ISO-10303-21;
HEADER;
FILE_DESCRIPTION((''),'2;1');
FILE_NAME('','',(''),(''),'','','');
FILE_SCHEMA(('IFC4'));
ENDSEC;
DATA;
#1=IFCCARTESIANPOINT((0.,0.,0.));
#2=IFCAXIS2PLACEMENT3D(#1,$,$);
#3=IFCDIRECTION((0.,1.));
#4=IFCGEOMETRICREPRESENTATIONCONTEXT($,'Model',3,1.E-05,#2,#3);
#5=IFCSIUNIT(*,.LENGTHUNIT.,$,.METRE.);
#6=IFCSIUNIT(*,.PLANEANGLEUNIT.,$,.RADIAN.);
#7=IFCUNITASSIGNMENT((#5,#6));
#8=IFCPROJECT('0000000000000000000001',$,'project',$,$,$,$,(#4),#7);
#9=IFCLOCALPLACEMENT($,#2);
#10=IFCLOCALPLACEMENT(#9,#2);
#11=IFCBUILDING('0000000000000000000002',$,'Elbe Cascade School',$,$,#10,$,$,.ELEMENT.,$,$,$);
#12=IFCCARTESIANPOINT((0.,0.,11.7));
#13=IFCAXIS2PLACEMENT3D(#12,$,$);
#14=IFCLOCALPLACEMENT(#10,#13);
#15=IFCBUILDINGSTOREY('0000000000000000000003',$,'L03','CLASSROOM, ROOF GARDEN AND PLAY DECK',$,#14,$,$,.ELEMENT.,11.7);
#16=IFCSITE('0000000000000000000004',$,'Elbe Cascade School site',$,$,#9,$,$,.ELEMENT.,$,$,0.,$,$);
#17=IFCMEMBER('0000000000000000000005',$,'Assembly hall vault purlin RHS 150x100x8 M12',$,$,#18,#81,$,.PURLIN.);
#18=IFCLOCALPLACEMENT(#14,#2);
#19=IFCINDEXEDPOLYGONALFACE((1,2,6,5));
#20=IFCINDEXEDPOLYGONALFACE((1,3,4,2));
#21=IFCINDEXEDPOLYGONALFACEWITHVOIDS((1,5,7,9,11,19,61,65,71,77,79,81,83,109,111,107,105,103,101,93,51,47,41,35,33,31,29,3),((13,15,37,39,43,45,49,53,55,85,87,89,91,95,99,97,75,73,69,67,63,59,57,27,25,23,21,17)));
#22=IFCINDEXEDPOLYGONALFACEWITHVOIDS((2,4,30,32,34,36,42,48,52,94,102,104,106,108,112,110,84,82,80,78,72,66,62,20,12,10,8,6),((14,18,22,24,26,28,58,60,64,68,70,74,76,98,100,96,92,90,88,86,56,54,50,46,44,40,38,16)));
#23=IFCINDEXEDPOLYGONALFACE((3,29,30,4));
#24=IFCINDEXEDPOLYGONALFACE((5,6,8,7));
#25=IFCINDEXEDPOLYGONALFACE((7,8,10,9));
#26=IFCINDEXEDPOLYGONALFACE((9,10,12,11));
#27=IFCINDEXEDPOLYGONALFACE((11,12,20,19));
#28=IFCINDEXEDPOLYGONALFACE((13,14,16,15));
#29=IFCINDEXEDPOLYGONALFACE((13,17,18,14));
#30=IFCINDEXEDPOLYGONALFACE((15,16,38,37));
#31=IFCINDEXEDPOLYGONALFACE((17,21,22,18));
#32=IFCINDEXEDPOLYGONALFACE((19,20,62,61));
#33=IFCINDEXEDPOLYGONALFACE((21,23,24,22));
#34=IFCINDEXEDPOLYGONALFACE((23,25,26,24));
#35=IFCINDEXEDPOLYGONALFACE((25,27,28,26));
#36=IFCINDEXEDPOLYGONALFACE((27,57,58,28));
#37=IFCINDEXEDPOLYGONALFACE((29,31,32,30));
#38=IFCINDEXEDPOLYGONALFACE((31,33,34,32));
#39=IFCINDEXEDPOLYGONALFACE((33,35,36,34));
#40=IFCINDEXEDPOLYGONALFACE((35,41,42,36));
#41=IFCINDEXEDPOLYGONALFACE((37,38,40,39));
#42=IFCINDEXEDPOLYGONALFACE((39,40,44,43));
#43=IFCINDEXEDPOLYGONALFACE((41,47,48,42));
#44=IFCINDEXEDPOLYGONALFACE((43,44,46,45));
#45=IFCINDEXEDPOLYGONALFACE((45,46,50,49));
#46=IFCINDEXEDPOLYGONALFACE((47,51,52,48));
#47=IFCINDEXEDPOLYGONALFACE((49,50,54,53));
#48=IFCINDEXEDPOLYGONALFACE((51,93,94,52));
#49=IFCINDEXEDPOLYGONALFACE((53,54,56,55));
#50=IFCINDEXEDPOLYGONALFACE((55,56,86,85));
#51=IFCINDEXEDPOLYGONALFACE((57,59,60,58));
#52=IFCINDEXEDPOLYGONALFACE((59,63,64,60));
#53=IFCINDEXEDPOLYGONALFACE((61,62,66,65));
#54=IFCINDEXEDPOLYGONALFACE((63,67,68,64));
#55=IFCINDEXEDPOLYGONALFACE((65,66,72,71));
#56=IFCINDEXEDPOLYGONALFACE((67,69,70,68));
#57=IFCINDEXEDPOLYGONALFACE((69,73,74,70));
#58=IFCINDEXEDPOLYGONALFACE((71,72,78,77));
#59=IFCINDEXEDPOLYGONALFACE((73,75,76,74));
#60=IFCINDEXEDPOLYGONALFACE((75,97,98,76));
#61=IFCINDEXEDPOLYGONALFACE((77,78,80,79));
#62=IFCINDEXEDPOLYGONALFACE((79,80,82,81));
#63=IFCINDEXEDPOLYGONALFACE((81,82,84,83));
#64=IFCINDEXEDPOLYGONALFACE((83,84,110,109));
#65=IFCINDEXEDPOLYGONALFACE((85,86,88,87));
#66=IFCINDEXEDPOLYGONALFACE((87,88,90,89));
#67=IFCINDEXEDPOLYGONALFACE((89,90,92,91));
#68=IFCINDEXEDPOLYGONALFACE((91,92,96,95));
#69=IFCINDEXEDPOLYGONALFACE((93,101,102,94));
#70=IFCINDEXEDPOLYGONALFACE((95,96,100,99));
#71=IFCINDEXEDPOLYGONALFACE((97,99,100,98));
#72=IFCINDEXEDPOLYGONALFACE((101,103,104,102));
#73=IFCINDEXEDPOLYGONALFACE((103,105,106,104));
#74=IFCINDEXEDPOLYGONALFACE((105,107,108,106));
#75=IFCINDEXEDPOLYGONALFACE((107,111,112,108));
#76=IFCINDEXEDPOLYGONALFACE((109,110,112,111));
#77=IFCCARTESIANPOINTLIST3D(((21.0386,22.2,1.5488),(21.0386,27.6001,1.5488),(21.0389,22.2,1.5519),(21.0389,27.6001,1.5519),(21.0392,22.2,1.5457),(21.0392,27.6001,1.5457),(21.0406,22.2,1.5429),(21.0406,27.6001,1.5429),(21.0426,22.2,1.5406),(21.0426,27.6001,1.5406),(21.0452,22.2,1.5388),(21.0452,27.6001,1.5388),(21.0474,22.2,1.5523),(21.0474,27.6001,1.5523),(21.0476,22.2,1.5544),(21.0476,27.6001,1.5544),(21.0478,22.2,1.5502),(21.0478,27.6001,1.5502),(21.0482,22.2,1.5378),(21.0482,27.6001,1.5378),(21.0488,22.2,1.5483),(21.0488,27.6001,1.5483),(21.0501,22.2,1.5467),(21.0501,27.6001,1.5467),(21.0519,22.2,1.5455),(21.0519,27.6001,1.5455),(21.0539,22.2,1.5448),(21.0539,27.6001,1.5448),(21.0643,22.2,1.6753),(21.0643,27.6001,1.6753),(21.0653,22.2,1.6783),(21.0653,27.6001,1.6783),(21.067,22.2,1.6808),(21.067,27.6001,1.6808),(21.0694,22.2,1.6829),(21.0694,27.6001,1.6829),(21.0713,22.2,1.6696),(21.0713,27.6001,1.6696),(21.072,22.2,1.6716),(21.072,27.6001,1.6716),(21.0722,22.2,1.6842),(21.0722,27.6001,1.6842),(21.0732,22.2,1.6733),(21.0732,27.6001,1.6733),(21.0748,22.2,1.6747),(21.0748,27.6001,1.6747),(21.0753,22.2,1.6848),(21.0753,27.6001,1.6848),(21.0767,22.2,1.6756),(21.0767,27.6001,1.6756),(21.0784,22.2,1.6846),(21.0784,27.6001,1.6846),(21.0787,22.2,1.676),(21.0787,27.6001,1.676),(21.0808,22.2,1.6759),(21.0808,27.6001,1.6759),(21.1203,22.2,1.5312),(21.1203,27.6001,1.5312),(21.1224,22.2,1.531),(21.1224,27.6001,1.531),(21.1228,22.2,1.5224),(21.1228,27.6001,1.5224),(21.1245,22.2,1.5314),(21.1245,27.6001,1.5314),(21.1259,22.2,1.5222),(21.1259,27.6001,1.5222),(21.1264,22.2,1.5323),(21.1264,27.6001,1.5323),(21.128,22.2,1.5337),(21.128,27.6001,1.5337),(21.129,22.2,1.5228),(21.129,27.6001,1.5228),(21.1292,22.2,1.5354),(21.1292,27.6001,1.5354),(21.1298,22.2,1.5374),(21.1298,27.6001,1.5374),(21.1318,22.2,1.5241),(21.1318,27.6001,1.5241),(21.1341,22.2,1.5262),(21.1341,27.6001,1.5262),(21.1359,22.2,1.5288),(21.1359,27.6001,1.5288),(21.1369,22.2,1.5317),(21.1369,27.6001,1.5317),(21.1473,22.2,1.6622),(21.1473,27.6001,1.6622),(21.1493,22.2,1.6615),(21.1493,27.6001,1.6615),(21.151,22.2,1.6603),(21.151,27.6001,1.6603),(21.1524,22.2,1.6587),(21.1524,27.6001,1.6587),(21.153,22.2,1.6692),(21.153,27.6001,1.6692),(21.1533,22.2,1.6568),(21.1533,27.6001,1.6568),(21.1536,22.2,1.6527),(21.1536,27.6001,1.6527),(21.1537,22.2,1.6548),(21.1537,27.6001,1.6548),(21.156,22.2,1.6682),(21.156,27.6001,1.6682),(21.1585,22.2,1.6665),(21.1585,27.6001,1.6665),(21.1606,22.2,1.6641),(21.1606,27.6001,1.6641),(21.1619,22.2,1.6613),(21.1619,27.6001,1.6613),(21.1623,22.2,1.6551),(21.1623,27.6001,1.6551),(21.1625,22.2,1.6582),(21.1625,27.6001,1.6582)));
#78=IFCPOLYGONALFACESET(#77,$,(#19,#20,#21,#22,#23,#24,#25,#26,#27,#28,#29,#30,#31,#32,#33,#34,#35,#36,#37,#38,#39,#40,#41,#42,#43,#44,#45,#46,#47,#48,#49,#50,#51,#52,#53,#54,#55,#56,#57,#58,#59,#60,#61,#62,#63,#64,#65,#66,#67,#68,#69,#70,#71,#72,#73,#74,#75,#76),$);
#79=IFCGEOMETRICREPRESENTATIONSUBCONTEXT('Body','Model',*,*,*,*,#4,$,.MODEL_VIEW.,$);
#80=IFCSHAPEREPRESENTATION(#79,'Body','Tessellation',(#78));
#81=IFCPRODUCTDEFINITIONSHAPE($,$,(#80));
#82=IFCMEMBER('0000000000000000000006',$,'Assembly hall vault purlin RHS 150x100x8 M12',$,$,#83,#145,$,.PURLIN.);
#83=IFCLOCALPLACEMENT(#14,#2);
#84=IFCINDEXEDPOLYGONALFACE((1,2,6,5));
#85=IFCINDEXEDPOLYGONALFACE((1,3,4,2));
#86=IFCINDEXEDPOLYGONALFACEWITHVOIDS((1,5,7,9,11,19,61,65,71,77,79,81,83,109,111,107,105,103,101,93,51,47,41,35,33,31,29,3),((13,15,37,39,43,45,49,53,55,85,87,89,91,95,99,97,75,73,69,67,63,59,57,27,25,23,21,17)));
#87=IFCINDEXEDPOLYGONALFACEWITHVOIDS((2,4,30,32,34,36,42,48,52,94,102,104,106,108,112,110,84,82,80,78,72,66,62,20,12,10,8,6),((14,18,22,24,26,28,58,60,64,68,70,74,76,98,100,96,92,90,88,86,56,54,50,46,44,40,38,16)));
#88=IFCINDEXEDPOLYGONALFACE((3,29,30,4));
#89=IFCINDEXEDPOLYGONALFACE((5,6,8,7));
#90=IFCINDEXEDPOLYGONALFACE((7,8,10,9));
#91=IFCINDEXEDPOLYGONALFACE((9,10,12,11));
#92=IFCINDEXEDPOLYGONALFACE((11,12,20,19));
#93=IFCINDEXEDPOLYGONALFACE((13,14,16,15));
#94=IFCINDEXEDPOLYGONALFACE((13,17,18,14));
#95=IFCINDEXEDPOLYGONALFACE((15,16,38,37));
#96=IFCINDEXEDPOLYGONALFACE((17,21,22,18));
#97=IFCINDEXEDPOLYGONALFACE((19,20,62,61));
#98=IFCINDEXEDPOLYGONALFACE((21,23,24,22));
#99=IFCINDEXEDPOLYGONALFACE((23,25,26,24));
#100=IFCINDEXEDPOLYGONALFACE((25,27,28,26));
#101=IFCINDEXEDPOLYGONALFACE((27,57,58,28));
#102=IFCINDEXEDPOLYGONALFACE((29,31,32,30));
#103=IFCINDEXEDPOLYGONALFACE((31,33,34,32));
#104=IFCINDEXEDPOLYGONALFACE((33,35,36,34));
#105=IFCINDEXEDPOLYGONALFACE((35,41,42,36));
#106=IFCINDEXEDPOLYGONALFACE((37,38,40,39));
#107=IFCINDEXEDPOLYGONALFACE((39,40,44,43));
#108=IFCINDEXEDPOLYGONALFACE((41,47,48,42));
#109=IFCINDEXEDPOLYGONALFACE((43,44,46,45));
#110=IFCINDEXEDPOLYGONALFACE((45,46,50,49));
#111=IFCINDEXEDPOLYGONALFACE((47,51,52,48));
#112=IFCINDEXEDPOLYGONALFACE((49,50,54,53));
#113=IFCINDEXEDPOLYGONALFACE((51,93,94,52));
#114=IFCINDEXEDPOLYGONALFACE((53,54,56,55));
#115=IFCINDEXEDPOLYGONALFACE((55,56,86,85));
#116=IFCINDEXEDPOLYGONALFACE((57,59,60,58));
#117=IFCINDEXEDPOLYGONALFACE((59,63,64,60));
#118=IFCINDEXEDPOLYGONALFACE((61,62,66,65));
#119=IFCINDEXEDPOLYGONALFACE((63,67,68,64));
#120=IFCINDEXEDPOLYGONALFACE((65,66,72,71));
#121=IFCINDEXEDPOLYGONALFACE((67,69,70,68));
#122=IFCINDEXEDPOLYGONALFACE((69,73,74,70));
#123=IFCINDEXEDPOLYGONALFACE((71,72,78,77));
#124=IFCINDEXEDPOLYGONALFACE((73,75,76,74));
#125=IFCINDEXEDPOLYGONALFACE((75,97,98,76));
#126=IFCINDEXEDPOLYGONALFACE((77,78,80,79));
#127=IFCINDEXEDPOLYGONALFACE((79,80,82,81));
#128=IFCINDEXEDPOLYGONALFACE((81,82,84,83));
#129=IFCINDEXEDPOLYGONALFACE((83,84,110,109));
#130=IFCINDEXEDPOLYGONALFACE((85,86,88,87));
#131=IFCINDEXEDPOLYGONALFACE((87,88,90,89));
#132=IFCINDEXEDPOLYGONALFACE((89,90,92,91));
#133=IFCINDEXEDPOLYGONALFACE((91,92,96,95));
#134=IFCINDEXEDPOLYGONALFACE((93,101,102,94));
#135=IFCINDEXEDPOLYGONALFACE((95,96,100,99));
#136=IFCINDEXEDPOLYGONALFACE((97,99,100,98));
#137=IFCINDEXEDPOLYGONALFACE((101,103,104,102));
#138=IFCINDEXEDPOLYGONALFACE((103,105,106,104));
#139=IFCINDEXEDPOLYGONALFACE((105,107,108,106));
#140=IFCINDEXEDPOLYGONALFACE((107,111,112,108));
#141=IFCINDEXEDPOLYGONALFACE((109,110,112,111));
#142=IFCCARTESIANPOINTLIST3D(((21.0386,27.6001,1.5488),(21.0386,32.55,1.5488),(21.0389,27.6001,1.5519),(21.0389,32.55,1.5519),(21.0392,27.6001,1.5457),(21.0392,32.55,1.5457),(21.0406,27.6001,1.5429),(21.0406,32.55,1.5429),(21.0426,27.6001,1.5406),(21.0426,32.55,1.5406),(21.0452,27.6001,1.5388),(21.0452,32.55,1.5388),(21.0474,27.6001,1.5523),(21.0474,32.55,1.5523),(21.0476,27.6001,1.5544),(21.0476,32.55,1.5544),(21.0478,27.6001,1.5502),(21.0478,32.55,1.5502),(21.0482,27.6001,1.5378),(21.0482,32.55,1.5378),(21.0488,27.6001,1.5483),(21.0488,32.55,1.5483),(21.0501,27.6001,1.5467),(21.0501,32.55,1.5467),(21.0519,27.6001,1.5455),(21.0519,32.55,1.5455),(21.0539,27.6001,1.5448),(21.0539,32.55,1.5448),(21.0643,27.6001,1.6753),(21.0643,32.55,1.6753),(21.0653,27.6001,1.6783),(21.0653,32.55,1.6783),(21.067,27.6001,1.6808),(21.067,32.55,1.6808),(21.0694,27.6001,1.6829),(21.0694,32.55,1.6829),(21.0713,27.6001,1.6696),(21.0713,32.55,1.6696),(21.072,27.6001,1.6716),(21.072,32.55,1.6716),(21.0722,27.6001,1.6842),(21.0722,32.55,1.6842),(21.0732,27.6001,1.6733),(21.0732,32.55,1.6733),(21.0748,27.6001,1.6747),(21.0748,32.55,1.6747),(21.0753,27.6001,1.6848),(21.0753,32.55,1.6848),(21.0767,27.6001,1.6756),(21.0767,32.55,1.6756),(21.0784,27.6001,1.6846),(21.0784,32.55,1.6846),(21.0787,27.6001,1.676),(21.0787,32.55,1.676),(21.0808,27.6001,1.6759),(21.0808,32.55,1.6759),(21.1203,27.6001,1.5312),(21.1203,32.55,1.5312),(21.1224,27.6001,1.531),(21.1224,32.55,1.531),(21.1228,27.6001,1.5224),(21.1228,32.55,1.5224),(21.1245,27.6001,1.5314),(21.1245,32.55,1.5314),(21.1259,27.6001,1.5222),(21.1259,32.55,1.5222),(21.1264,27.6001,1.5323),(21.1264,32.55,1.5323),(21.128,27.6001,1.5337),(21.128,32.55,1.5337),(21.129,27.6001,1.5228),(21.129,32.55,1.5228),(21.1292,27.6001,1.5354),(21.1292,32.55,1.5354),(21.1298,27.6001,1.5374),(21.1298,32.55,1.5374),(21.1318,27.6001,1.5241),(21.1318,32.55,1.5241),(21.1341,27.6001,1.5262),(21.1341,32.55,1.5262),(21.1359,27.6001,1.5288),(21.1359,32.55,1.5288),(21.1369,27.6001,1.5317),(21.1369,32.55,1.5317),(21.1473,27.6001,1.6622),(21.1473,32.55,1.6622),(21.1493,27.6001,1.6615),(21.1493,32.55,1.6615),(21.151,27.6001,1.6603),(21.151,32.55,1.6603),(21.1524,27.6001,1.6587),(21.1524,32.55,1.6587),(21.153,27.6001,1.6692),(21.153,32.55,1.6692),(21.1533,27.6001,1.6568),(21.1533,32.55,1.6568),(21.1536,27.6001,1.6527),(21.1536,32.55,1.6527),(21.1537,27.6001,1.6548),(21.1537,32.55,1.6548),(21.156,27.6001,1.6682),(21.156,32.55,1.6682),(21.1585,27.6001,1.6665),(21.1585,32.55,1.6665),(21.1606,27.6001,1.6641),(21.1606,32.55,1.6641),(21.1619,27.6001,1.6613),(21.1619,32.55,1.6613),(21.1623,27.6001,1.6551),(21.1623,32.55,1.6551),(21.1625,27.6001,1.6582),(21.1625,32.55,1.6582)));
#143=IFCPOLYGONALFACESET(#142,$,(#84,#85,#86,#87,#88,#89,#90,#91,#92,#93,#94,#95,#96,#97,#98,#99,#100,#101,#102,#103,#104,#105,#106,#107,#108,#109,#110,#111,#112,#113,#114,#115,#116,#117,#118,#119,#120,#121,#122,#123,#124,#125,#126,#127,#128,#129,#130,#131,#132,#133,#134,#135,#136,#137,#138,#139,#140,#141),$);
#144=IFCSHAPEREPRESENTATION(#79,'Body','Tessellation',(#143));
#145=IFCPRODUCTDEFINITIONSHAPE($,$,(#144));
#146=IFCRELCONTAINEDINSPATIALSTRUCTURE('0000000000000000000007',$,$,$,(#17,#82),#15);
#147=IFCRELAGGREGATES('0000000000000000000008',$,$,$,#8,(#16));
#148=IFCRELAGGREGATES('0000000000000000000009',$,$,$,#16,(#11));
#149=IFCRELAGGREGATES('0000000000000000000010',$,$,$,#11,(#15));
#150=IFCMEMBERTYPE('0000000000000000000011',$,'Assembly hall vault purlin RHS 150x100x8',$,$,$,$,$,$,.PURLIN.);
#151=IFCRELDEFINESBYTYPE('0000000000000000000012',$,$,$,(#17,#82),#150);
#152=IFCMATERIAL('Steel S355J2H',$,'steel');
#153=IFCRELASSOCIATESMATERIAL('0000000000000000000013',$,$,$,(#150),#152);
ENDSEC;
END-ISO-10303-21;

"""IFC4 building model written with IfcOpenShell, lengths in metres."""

from ifc_helpers import new_model, si_unit, direction, frame, origin, origin_2d, place, context, subcontext, project, spatial, hollow_rectangle, extrude, material, material_profile, profile_set, type_object, element, save


model = new_model("IFC4")

# Units and contexts
model_context = context("Model", 3, precision=1e-05, world=origin(), true_north=direction((0.0, 1.0)))
body_context = subcontext(model_context, "Body", "Model", "MODEL_VIEW")
ifc_project = project(units=[si_unit("LENGTHUNIT", "METRE"), si_unit("PLANEANGLEUNIT", "RADIAN")], contexts=[model_context])

# Site, building, storey
site_placement = place(None, origin())
site = spatial("IfcSite", under=ifc_project, at=site_placement, Name="Elbe Cascade School site", CompositionType="ELEMENT", RefElevation=0.0)
building_placement = place(site_placement, origin())
building = spatial("IfcBuilding", under=site, at=building_placement, Name="Elbe Cascade School", CompositionType="ELEMENT")
storey_placement = place(building_placement, frame((0.0, 0.0, 11.7)))
storey = spatial("IfcBuildingStorey", under=building, at=storey_placement, Name="L03", Description="CLASSROOM, ROOF GARDEN AND PLAY DECK", CompositionType="ELEMENT", Elevation=11.7)

# Members
ifc_material_1 = material(Name="Steel S355J2H", Category="steel")
ifc_material_profile_1 = material_profile(ifc_material_1, hollow_rectangle(XDim=0.1001, YDim=0.1499, WallThickness=0.0081, InnerFilletRadius=0.0081, OuterFilletRadius=0.012, at=origin_2d()), Name="RHS 150x100x8")
ifc_profile_set_1 = profile_set([ifc_material_profile_1], Name="Steel S355J2H")
member_type_1 = type_object("IfcMemberType", Name="Assembly hall vault purlin RHS 150x100x8", PredefinedType="PURLIN", material=ifc_profile_set_1)
member_1_placement = place(storey_placement, frame((21.1006, 22.2, 1.6035), z_axis=(0.0, 1.0, 0.0), x_axis=(-0.979448, 0.0, 0.201697)))
element("IfcMember", 1, at=member_1_placement, inside=storey, type_object=member_type_1, Name="Assembly hall vault purlin RHS 150x100x8 M12", PredefinedType="PURLIN", context=body_context, shape_type="SweptSolid", body=[
    extrude(hollow_rectangle(XDim=0.1001, YDim=0.1499, WallThickness=0.0081, InnerFilletRadius=0.0081, OuterFilletRadius=0.012, at=origin_2d()), origin(), (0.0, 0.0, 1.0), 5.4001),
])
member_2_placement = place(storey_placement, frame((21.1006, 27.6001, 1.6035), z_axis=(0.0, 1.0, 0.0), x_axis=(-0.979448, 0.0, 0.201697)))
element("IfcMember", 2, at=member_2_placement, inside=storey, type_object=member_type_1, Name="Assembly hall vault purlin RHS 150x100x8 M12", PredefinedType="PURLIN", context=body_context, shape_type="SweptSolid", body=[
    extrude(hollow_rectangle(XDim=0.1001, YDim=0.1499, WallThickness=0.0081, InnerFilletRadius=0.0081, OuterFilletRadius=0.012, at=origin_2d()), origin(), (0.0, 0.0, 1.0), 4.95),
])

save(model, "model.ifc")
